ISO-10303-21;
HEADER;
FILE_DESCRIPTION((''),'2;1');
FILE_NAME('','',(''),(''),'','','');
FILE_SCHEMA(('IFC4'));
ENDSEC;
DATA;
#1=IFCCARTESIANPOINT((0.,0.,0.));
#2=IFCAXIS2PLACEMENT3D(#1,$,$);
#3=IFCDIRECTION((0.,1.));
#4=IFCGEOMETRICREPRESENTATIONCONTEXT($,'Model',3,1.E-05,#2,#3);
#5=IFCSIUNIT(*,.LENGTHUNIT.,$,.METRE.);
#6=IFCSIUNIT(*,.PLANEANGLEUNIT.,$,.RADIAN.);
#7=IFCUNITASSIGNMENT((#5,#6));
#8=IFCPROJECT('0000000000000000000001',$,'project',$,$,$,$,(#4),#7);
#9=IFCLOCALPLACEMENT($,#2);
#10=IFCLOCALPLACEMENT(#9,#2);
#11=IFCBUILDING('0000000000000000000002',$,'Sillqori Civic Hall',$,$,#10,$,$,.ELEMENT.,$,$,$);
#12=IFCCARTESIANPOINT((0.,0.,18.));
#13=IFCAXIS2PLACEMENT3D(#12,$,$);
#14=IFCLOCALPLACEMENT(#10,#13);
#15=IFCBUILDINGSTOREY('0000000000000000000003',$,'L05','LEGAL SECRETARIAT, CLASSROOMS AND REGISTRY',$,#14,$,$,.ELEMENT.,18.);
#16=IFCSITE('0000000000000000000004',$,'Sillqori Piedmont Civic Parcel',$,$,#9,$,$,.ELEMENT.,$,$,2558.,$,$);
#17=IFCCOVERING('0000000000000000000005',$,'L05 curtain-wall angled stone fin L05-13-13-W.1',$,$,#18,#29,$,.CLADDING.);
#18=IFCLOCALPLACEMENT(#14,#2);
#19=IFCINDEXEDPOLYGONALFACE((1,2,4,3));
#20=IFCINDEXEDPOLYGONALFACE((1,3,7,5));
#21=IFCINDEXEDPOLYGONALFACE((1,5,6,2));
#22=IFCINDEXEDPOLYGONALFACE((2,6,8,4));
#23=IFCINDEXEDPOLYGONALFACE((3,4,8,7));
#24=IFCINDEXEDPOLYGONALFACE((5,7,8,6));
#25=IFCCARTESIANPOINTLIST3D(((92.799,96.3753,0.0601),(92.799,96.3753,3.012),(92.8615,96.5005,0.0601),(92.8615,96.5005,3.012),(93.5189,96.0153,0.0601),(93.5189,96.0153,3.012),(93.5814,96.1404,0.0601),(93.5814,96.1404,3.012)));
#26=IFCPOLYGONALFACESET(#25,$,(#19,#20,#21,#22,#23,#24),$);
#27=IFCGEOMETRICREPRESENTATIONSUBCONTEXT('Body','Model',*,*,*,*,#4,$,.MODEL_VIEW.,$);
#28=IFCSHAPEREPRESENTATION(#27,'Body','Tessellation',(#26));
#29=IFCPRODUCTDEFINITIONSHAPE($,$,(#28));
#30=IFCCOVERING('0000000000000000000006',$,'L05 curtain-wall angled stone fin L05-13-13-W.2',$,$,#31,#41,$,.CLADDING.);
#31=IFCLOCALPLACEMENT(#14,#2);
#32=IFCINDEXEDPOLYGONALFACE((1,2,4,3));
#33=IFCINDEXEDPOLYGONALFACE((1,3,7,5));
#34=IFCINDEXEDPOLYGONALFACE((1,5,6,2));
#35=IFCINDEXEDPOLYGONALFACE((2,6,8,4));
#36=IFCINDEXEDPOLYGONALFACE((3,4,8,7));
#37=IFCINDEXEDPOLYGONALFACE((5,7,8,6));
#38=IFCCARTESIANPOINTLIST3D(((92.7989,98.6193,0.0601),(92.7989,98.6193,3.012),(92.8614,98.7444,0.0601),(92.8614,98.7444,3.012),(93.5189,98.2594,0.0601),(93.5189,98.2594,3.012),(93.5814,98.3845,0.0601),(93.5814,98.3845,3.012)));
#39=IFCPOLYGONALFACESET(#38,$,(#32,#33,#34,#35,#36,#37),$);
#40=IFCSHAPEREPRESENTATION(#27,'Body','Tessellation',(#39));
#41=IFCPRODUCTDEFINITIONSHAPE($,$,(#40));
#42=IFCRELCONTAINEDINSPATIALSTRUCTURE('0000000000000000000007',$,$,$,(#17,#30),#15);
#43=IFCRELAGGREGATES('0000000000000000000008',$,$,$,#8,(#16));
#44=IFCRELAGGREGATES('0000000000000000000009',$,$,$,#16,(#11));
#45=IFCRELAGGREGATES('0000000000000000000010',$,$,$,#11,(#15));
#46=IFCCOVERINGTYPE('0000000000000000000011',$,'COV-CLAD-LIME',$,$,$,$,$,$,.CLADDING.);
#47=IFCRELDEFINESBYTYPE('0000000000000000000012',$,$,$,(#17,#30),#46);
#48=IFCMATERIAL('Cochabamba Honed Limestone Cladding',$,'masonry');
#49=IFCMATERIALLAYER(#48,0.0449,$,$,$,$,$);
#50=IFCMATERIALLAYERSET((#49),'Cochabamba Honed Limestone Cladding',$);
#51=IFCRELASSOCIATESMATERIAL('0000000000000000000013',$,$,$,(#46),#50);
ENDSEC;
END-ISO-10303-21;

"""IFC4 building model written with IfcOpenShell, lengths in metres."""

from ifc_helpers import new_model, si_unit, direction, frame, frame_2d, origin, place, context, subcontext, project, spatial, rectangle, extrude, material, layer, layer_set, type_object, element, save


model = new_model("IFC4")

# Units and contexts
model_context = context("Model", 3, precision=1e-05, world=origin(), true_north=direction((0.0, 1.0)))
body_context = subcontext(model_context, "Body", "Model", "MODEL_VIEW")
ifc_project = project(units=[si_unit("LENGTHUNIT", "METRE"), si_unit("PLANEANGLEUNIT", "RADIAN")], contexts=[model_context])

# Site, building, storey
site_placement = place(None, origin())
site = spatial("IfcSite", under=ifc_project, at=site_placement, Name="Sillqori Piedmont Civic Parcel", CompositionType="ELEMENT", RefElevation=2558.0)
building_placement = place(site_placement, origin())
building = spatial("IfcBuilding", under=site, at=building_placement, Name="Sillqori Civic Hall", CompositionType="ELEMENT")
storey_placement = place(building_placement, frame((0.0, 0.0, 18.0)))
storey = spatial("IfcBuildingStorey", under=building, at=storey_placement, Name="L05", Description="LEGAL SECRETARIAT, CLASSROOMS AND REGISTRY", CompositionType="ELEMENT", Elevation=18.0)

# Coverings
ifc_material = material(Name="Cochabamba Honed Limestone Cladding", Category="masonry")
ifc_layer = layer(ifc_material, 0.0449)
ifc_layer_set = layer_set([ifc_layer], Name="Cochabamba Honed Limestone Cladding")
covering_type = type_object("IfcCoveringType", Name="COV-CLAD-LIME", PredefinedType="CLADDING", material=ifc_layer_set)
for number, where, z_axis, x_axis, name in (
    (1, (93.55, 96.0779, 0.0601), (0.0, 0.0, 1.0), (-0.894367, 0.447335, 0.0), "L05 curtain-wall angled stone fin L05-13-13-W.1"),
    (2, (93.55, 98.322, 0.0601), (0.0, 0.0, 1.0), (-0.894488, 0.447092, 0.0), "L05 curtain-wall angled stone fin L05-13-13-W.2"),
):
    element("IfcCovering", number, at=place(storey_placement, frame(where, z_axis=z_axis, x_axis=x_axis)), inside=storey, type_object=covering_type, Name=name, PredefinedType="CLADDING", context=body_context, shape_type="SweptSolid", body=[
        extrude(rectangle(XDim=0.8049, YDim=0.1399, at=frame_2d((0.4023, 0.0))), origin(), (0.0, 0.0, 1.0), 2.9519),
    ])

save(model, "model.ifc")
